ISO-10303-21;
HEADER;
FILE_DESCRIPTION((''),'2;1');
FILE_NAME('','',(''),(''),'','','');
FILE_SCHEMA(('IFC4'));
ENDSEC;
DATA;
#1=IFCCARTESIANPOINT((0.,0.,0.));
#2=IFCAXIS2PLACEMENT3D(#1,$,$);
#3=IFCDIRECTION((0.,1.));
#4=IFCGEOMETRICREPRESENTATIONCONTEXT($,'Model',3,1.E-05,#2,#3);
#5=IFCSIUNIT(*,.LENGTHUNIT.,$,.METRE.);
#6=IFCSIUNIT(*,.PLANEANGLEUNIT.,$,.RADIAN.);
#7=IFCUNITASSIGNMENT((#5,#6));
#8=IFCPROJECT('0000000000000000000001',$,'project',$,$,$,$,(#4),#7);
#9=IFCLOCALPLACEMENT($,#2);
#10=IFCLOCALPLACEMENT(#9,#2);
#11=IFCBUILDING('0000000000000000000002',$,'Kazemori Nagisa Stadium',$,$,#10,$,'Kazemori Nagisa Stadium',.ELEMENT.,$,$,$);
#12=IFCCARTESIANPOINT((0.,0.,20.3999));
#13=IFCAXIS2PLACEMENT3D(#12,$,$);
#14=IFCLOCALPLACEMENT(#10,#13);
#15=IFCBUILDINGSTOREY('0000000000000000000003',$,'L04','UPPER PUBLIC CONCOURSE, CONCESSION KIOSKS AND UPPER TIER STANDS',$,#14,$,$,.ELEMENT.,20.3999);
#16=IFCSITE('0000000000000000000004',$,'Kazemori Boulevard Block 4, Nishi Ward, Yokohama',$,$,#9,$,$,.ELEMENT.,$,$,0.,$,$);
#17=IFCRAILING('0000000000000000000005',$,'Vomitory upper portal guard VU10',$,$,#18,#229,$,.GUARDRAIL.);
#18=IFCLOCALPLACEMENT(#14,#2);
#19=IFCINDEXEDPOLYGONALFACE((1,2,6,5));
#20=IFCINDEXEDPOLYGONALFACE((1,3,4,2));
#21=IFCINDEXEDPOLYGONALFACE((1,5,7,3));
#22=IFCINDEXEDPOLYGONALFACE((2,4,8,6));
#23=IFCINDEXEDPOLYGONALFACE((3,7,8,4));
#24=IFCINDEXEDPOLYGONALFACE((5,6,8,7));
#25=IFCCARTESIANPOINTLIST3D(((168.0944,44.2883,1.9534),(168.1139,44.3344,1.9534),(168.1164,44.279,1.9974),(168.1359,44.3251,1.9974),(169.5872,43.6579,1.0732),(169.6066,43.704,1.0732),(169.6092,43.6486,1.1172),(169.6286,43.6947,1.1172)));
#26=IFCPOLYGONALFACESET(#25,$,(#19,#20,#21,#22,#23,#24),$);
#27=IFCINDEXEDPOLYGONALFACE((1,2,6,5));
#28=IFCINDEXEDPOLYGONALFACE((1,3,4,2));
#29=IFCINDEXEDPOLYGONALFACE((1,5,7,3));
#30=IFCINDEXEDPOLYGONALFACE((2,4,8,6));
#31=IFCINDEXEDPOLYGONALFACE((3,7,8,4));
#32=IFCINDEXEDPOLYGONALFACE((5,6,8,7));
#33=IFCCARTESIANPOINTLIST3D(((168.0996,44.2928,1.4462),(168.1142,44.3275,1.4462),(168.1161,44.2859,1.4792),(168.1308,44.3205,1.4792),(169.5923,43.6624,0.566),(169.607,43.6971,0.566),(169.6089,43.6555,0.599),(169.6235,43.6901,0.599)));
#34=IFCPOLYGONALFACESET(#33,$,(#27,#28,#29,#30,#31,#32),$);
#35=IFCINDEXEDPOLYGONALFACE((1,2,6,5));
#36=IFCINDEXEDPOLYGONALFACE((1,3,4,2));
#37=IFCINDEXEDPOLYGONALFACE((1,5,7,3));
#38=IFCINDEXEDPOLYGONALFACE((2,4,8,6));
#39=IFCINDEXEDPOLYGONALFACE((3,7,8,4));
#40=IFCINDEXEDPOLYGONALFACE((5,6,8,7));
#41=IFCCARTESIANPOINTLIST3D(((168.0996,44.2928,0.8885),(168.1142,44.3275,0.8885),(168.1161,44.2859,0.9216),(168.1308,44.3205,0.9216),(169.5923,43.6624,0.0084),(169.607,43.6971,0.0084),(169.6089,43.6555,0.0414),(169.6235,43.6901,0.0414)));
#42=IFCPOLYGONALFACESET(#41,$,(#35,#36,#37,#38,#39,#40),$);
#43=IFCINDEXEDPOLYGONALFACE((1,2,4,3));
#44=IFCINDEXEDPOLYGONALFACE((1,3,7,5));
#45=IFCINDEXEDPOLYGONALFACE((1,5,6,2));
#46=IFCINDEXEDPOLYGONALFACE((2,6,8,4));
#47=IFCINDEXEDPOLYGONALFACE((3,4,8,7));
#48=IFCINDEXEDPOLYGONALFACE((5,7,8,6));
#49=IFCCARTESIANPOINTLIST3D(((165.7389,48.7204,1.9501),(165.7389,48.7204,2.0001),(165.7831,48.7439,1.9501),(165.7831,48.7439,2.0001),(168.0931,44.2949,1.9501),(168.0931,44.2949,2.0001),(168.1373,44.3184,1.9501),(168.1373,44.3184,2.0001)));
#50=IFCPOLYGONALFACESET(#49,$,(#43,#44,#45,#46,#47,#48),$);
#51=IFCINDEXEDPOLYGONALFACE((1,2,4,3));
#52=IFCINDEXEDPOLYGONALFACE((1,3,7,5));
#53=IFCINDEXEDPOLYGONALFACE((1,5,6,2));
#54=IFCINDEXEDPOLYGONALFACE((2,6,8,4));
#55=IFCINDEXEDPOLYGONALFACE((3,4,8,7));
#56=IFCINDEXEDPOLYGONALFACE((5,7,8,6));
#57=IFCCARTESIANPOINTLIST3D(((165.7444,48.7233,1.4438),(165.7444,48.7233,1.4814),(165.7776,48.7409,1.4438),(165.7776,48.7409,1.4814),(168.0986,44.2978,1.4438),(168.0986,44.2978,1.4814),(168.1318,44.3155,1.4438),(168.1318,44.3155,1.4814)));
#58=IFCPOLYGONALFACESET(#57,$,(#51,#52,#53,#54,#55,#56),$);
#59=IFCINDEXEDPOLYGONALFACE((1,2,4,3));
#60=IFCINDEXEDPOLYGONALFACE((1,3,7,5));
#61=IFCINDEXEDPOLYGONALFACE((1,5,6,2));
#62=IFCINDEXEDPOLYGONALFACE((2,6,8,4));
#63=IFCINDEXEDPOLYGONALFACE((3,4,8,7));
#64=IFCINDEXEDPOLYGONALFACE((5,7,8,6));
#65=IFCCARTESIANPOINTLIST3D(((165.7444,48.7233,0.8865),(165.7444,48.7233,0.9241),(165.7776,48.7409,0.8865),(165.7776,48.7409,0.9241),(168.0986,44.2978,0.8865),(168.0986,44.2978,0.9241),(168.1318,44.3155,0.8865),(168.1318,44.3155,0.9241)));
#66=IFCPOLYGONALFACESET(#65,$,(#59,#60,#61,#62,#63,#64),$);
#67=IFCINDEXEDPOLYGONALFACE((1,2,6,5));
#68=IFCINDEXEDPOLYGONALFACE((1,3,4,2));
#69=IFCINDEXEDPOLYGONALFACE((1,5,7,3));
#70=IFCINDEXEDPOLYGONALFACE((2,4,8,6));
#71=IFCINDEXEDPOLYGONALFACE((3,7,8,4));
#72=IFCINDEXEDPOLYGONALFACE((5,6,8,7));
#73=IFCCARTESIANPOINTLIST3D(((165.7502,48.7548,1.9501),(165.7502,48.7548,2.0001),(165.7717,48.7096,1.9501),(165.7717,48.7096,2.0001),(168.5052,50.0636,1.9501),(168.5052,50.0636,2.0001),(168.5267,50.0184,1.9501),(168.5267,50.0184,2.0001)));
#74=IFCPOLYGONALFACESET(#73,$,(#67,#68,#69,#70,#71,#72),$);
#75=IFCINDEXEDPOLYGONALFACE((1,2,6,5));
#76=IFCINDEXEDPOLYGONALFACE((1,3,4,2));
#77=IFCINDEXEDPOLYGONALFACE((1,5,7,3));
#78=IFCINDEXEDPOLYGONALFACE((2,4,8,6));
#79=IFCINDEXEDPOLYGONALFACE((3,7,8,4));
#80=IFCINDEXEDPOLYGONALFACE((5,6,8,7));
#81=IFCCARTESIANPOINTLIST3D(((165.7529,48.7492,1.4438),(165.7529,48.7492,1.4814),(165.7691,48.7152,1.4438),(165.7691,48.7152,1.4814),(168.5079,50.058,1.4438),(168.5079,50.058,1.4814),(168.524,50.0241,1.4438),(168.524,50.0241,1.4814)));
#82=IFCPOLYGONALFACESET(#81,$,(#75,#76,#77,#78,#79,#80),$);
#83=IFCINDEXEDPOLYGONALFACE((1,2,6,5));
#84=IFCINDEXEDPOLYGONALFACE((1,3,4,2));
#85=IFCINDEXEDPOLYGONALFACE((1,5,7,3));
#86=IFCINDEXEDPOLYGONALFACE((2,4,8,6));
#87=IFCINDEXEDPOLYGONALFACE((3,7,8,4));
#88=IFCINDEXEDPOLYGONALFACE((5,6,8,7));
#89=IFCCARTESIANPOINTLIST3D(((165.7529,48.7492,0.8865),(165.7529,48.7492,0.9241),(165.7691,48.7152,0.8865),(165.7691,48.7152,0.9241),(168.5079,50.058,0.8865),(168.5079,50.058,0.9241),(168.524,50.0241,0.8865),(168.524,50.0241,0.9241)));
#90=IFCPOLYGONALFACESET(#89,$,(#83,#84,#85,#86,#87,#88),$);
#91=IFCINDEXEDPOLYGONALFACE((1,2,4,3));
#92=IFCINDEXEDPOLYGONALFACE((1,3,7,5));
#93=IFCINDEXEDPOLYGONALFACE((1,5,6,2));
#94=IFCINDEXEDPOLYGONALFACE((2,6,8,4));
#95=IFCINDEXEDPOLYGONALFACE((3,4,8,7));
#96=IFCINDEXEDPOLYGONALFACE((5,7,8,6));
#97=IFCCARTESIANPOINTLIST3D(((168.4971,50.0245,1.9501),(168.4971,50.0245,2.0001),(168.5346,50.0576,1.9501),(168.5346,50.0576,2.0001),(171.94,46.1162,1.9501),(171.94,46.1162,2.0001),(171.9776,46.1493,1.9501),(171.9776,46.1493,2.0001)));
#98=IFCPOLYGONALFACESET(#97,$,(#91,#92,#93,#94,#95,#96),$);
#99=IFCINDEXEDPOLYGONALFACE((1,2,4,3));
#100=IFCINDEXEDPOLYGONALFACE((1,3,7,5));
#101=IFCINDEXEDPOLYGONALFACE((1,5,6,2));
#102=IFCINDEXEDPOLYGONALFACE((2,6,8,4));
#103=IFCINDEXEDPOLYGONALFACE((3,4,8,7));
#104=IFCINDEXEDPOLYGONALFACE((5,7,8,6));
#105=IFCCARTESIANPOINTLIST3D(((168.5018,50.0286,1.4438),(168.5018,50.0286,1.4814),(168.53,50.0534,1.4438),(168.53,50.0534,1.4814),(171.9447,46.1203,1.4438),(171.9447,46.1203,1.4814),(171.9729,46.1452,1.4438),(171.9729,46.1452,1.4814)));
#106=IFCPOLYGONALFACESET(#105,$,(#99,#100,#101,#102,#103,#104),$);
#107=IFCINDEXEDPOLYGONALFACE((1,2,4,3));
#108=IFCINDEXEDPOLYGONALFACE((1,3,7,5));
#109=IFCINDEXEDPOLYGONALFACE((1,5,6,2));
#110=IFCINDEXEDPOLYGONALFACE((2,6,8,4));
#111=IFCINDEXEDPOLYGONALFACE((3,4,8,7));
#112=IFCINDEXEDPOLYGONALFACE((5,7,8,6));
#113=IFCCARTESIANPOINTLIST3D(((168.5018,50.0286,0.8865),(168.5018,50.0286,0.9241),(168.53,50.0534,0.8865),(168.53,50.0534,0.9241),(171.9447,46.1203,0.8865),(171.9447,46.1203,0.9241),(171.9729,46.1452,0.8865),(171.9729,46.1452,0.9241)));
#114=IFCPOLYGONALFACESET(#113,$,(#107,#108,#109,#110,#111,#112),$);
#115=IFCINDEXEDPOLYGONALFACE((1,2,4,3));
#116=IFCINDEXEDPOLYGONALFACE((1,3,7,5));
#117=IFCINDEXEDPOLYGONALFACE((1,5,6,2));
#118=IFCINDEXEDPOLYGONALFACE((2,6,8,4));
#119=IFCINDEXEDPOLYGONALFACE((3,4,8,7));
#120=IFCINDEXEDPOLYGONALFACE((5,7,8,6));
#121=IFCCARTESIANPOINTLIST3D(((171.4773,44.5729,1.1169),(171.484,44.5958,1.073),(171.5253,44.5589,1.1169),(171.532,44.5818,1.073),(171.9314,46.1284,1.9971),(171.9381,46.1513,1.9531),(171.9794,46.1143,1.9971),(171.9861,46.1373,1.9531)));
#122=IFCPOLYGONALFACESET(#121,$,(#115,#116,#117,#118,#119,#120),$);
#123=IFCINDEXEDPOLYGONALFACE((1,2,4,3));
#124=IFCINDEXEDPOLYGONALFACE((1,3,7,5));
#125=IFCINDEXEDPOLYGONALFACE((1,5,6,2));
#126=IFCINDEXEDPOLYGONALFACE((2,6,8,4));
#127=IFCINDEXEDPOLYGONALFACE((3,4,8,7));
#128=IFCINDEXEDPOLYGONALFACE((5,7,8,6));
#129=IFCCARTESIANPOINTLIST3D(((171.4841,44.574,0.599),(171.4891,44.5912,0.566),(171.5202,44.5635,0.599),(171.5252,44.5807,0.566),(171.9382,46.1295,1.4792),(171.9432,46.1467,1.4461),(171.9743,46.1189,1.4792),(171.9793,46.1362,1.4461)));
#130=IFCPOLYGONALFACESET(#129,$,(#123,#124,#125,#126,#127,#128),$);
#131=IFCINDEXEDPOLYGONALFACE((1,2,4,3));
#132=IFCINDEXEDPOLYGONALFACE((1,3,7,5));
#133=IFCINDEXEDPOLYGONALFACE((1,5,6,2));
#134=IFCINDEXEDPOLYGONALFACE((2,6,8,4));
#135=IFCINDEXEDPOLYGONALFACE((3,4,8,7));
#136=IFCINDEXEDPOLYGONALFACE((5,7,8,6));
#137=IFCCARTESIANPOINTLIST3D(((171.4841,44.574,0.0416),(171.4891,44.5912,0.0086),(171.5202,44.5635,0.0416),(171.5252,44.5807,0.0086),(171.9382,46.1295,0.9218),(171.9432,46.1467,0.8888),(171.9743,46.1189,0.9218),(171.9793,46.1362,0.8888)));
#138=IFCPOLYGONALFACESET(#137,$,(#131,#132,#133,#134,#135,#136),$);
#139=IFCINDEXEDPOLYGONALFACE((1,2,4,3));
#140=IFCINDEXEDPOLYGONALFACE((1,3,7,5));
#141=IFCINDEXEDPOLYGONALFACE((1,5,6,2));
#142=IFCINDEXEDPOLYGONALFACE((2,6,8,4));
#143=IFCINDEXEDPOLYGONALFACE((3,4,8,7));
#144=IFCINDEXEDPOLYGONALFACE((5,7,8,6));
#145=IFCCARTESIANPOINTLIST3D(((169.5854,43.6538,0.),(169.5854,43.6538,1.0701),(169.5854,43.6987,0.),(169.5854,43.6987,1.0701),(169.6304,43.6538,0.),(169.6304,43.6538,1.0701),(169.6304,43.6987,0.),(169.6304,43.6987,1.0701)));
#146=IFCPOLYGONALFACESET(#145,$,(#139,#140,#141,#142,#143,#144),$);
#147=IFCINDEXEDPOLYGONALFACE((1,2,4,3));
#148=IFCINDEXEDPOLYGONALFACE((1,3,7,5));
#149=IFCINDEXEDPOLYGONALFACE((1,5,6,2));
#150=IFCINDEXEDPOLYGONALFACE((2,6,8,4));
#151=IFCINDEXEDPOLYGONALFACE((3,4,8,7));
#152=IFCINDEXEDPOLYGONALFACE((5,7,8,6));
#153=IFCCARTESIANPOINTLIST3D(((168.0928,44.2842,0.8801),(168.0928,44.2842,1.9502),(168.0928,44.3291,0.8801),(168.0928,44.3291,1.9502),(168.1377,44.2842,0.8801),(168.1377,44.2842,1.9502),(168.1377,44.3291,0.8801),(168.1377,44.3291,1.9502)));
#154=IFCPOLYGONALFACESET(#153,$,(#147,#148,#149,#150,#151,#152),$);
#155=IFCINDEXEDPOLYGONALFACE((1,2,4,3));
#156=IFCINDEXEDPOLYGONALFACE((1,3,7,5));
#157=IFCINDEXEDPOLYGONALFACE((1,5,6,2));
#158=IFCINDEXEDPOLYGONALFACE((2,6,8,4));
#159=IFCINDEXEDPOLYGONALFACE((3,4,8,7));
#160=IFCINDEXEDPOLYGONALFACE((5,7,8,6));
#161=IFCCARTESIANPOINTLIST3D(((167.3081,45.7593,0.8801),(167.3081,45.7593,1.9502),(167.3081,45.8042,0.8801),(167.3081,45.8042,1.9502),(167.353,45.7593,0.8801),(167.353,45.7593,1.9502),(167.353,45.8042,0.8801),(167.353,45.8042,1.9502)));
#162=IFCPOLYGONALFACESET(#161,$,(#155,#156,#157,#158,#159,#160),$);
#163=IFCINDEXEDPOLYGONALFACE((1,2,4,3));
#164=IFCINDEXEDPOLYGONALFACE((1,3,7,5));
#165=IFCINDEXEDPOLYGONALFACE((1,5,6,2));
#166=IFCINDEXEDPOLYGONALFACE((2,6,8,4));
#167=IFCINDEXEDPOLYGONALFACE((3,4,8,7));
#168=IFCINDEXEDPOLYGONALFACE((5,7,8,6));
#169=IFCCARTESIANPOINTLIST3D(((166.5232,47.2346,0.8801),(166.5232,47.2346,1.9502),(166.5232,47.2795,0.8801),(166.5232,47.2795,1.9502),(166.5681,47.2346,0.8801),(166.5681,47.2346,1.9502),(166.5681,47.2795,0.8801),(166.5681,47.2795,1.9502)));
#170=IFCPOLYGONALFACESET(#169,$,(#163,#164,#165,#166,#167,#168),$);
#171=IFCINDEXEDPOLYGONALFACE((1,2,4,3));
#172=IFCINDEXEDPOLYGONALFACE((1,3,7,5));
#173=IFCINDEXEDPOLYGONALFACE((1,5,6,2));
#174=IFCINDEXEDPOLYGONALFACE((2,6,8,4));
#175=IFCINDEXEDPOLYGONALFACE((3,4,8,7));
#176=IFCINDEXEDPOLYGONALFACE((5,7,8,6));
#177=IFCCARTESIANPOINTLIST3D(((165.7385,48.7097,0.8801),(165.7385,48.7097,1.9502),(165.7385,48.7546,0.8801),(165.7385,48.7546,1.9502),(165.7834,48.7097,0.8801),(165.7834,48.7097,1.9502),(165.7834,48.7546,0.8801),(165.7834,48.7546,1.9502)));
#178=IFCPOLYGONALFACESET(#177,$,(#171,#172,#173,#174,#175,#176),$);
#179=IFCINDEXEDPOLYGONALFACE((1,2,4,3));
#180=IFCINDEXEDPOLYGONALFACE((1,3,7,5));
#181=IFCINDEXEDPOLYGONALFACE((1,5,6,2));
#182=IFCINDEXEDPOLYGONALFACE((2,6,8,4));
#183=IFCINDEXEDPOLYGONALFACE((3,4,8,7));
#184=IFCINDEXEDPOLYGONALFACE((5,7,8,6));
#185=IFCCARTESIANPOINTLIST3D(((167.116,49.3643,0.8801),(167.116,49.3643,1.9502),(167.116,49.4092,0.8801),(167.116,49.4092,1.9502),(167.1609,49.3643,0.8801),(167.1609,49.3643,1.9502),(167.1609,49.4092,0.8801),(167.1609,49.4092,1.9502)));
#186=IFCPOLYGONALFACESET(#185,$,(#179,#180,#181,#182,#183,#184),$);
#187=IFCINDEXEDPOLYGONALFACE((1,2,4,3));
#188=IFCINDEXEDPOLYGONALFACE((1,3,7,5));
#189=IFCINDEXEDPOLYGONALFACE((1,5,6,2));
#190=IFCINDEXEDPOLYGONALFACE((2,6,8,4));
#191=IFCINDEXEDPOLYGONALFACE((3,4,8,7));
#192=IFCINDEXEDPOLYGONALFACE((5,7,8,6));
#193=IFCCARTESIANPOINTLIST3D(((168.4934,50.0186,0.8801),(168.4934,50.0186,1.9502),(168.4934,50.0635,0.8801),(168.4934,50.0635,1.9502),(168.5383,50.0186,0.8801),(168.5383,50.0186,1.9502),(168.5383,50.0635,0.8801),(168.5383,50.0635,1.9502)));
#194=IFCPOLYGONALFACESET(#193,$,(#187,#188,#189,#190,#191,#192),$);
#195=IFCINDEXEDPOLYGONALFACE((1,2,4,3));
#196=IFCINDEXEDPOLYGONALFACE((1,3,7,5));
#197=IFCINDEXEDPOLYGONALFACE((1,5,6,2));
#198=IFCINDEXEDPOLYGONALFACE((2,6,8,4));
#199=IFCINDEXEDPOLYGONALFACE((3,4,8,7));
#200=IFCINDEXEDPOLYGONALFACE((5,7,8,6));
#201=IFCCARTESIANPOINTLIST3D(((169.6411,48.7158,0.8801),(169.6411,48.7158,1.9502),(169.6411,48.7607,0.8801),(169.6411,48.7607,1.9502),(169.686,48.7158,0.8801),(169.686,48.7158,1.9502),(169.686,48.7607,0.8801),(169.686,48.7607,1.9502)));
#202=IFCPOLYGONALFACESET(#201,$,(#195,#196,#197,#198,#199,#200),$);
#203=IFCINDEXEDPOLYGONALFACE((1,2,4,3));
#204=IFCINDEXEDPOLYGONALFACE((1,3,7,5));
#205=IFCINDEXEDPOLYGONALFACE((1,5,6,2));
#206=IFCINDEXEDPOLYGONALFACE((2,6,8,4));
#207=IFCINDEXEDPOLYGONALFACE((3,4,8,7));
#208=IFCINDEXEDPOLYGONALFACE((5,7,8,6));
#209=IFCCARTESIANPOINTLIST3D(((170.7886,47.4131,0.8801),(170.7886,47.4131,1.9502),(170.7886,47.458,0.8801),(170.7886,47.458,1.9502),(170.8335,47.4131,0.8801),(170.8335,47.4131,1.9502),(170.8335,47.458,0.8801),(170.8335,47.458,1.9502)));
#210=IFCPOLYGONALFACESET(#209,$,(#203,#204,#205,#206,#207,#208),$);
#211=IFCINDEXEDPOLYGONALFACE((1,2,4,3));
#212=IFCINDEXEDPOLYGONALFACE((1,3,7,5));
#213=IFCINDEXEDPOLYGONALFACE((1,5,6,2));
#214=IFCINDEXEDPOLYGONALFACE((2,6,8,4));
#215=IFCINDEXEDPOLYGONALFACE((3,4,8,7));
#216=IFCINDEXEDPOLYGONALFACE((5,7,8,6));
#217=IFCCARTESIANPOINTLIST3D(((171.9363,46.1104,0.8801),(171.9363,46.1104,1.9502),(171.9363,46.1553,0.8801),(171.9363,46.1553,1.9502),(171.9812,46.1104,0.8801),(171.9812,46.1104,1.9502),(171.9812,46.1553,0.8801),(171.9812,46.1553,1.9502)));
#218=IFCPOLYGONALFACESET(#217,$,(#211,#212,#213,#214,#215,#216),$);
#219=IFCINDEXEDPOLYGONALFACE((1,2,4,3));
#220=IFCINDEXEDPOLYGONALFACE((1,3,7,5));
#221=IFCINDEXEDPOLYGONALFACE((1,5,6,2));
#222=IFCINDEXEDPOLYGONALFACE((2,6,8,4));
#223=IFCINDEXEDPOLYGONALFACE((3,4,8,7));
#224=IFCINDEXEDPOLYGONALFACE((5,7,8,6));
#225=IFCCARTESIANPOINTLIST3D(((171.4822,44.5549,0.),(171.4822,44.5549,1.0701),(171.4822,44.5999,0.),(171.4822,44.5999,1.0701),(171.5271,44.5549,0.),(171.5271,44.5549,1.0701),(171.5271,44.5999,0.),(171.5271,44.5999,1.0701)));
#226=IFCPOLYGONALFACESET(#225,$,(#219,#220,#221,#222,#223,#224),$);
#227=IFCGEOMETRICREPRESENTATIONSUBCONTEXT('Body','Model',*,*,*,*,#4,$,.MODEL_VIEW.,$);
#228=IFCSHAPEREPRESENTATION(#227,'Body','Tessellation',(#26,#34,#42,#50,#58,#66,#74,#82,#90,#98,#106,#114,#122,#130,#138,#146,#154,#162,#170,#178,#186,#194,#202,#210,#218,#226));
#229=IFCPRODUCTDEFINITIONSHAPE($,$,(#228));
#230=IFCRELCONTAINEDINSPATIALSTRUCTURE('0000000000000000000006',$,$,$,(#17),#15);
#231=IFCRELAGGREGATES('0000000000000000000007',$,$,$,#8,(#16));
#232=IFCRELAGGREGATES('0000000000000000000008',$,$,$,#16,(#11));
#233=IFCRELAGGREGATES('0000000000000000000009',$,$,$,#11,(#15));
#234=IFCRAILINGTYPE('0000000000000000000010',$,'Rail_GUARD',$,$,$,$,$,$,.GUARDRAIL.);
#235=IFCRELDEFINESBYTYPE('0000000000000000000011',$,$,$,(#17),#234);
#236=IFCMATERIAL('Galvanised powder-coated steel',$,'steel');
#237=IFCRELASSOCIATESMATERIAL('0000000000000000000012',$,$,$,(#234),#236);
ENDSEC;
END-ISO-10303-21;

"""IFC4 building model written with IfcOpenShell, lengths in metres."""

from ifc_helpers import new_model, si_unit, direction, frame, origin, origin_2d, place, context, subcontext, project, spatial, rectangle, extrude, material, type_object, element, save


model = new_model("IFC4")

# Units and contexts
model_context = context("Model", 3, precision=1e-05, world=origin(), true_north=direction((0.0, 1.0)))
body_context = subcontext(model_context, "Body", "Model", "MODEL_VIEW")
ifc_project = project(units=[si_unit("LENGTHUNIT", "METRE"), si_unit("PLANEANGLEUNIT", "RADIAN")], contexts=[model_context])

# Site, building, storey
site_placement = place(None, origin())
site = spatial("IfcSite", under=ifc_project, at=site_placement, Name="Kazemori Boulevard Block 4, Nishi Ward, Yokohama", CompositionType="ELEMENT", RefElevation=0.0)
building_placement = place(site_placement, origin())
building = spatial("IfcBuilding", under=site, at=building_placement, Name="Kazemori Nagisa Stadium", LongName="Kazemori Nagisa Stadium", CompositionType="ELEMENT")
storey_placement = place(building_placement, frame((0.0, 0.0, 20.3999)))
storey = spatial("IfcBuildingStorey", under=building, at=storey_placement, Name="L04", Description="UPPER PUBLIC CONCOURSE, CONCESSION KIOSKS AND UPPER TIER STANDS", CompositionType="ELEMENT", Elevation=20.3999)

# Railing
ifc_material_1 = material(Name="Galvanised powder-coated steel", Category="steel")
railing_type = type_object("IfcRailingType", Name="Rail_GUARD", PredefinedType="GUARDRAIL", material=ifc_material_1)
railing_1_placement = place(storey_placement, frame((169.6079, 43.6763, 0.0)))
element("IfcRailing", 1, at=railing_1_placement, inside=storey, type_object=railing_type, Name="Vomitory upper portal guard VU10", PredefinedType="GUARDRAIL", context=body_context, shape_type="SweptSolid", body=[
    extrude(rectangle(XDim=0.05, YDim=0.05, at=origin_2d()), frame((0.0, 0.0, 1.0952), z_axis=(-0.809509, 0.341863, 0.477311), x_axis=(-0.38904, -0.921221, 0.0)), (0.0, 0.0, 1.0), 1.844),
    extrude(rectangle(XDim=0.0376, YDim=0.0376, at=origin_2d()), frame((0.0, 0.0, 0.5825), z_axis=(-0.809509, 0.341863, 0.477311), x_axis=(-0.38904, -0.921221, 0.0)), (0.0, 0.0, 1.0), 1.844),
    extrude(rectangle(XDim=0.0376, YDim=0.0376, at=origin_2d()), frame((0.0, 0.0, 0.0249), z_axis=(-0.809509, 0.341863, 0.477311), x_axis=(-0.38904, -0.921221, 0.0)), (0.0, 0.0, 1.0), 1.844),
    extrude(rectangle(XDim=0.05, YDim=0.05, at=origin_2d()), frame((-1.4927, 0.6304, 1.9751), z_axis=(-0.46965, 0.882853, 0.0), x_axis=(-0.882853, -0.46965, 0.0)), (0.0, 0.0, 1.0), 5.0127),
    extrude(rectangle(XDim=0.0376, YDim=0.0376, at=origin_2d()), frame((-1.4927, 0.6304, 1.4626), z_axis=(-0.46965, 0.882853, 0.0), x_axis=(-0.882853, -0.46965, 0.0)), (0.0, 0.0, 1.0), 5.0127),
    extrude(rectangle(XDim=0.0376, YDim=0.0376, at=origin_2d()), frame((-1.4927, 0.6304, 0.9053), z_axis=(-0.46965, 0.882853, 0.0), x_axis=(-0.882853, -0.46965, 0.0)), (0.0, 0.0, 1.0), 5.0127),
    extrude(rectangle(XDim=0.05, YDim=0.05, at=origin_2d()), frame((-3.8469, 5.0559, 1.9751), z_axis=(0.903243, 0.429129, 0.0), x_axis=(-0.429129, 0.903243, 0.0)), (0.0, 0.0, 1.0), 3.05),
    extrude(rectangle(XDim=0.0376, YDim=0.0376, at=origin_2d()), frame((-3.8469, 5.0559, 1.4626), z_axis=(0.903243, 0.429129, 0.0), x_axis=(-0.429129, 0.903243, 0.0)), (0.0, 0.0, 1.0), 3.05),
    extrude(rectangle(XDim=0.0376, YDim=0.0376, at=origin_2d()), frame((-3.8469, 5.0559, 0.9053), z_axis=(0.903243, 0.429129, 0.0), x_axis=(-0.429129, 0.903243, 0.0)), (0.0, 0.0, 1.0), 3.05),
    extrude(rectangle(XDim=0.05, YDim=0.05, at=origin_2d()), frame((-1.092, 6.3647, 1.9751), z_axis=(0.661023, -0.750366, 0.0), x_axis=(0.750366, 0.661023, 0.0)), (0.0, 0.0, 1.0), 5.2085),
    extrude(rectangle(XDim=0.0376, YDim=0.0376, at=origin_2d()), frame((-1.092, 6.3647, 1.4626), z_axis=(0.661023, -0.750366, 0.0), x_axis=(0.750366, 0.661023, 0.0)), (0.0, 0.0, 1.0), 5.2085),
    extrude(rectangle(XDim=0.0376, YDim=0.0376, at=origin_2d()), frame((-1.092, 6.3647, 0.9053), z_axis=(0.661023, -0.750366, 0.0), x_axis=(0.750366, 0.661023, 0.0)), (0.0, 0.0, 1.0), 5.2085),
    extrude(rectangle(XDim=0.05, YDim=0.05, at=origin_2d()), frame((2.3508, 2.4565, 1.9751), z_axis=(-0.246265, -0.843525, -0.477304), x_axis=(0.959927, -0.280249, 0.0)), (0.0, 0.0, 1.0), 1.844),
    extrude(rectangle(XDim=0.0376, YDim=0.0376, at=origin_2d()), frame((2.3508, 2.4565, 1.4626), z_axis=(-0.246265, -0.843525, -0.477304), x_axis=(0.959927, -0.280249, 0.0)), (0.0, 0.0, 1.0), 1.844),
    extrude(rectangle(XDim=0.0376, YDim=0.0376, at=origin_2d()), frame((2.3508, 2.4565, 0.9053), z_axis=(-0.246265, -0.843525, -0.477304), x_axis=(0.959927, -0.280249, 0.0)), (0.0, 0.0, 1.0), 1.844),
    extrude(rectangle(XDim=0.0449, YDim=0.0449, at=origin_2d()), origin(), (0.0, 0.0, 1.0), 1.0701),
    extrude(rectangle(XDim=0.0449, YDim=0.0449, at=origin_2d()), frame((-1.4927, 0.6304, 0.8801)), (0.0, 0.0, 1.0), 1.0701),
    extrude(rectangle(XDim=0.0449, YDim=0.0449, at=origin_2d()), frame((-2.2773, 2.1055, 0.8801)), (0.0, 0.0, 1.0), 1.0701),
    extrude(rectangle(XDim=0.0449, YDim=0.0449, at=origin_2d()), frame((-3.0623, 3.5808, 0.8801)), (0.0, 0.0, 1.0), 1.0701),
    extrude(rectangle(XDim=0.0449, YDim=0.0449, at=origin_2d()), frame((-3.8469, 5.0559, 0.8801)), (0.0, 0.0, 1.0), 1.0701),
    extrude(rectangle(XDim=0.0449, YDim=0.0449, at=origin_2d()), frame((-2.4695, 5.7104, 0.8801)), (0.0, 0.0, 1.0), 1.0701),
    extrude(rectangle(XDim=0.0449, YDim=0.0449, at=origin_2d()), frame((-1.092, 6.3647, 0.8801)), (0.0, 0.0, 1.0), 1.0701),
    extrude(rectangle(XDim=0.0449, YDim=0.0449, at=origin_2d()), frame((0.0557, 5.062, 0.8801)), (0.0, 0.0, 1.0), 1.0701),
    extrude(rectangle(XDim=0.0449, YDim=0.0449, at=origin_2d()), frame((1.2031, 3.7593, 0.8801)), (0.0, 0.0, 1.0), 1.0701),
    extrude(rectangle(XDim=0.0449, YDim=0.0449, at=origin_2d()), frame((2.3508, 2.4565, 0.8801)), (0.0, 0.0, 1.0), 1.0701),
    extrude(rectangle(XDim=0.0449, YDim=0.0449, at=origin_2d()), frame((1.8967, 0.9011, 0.0)), (0.0, 0.0, 1.0), 1.0701),
])

save(model, "model.ifc")
